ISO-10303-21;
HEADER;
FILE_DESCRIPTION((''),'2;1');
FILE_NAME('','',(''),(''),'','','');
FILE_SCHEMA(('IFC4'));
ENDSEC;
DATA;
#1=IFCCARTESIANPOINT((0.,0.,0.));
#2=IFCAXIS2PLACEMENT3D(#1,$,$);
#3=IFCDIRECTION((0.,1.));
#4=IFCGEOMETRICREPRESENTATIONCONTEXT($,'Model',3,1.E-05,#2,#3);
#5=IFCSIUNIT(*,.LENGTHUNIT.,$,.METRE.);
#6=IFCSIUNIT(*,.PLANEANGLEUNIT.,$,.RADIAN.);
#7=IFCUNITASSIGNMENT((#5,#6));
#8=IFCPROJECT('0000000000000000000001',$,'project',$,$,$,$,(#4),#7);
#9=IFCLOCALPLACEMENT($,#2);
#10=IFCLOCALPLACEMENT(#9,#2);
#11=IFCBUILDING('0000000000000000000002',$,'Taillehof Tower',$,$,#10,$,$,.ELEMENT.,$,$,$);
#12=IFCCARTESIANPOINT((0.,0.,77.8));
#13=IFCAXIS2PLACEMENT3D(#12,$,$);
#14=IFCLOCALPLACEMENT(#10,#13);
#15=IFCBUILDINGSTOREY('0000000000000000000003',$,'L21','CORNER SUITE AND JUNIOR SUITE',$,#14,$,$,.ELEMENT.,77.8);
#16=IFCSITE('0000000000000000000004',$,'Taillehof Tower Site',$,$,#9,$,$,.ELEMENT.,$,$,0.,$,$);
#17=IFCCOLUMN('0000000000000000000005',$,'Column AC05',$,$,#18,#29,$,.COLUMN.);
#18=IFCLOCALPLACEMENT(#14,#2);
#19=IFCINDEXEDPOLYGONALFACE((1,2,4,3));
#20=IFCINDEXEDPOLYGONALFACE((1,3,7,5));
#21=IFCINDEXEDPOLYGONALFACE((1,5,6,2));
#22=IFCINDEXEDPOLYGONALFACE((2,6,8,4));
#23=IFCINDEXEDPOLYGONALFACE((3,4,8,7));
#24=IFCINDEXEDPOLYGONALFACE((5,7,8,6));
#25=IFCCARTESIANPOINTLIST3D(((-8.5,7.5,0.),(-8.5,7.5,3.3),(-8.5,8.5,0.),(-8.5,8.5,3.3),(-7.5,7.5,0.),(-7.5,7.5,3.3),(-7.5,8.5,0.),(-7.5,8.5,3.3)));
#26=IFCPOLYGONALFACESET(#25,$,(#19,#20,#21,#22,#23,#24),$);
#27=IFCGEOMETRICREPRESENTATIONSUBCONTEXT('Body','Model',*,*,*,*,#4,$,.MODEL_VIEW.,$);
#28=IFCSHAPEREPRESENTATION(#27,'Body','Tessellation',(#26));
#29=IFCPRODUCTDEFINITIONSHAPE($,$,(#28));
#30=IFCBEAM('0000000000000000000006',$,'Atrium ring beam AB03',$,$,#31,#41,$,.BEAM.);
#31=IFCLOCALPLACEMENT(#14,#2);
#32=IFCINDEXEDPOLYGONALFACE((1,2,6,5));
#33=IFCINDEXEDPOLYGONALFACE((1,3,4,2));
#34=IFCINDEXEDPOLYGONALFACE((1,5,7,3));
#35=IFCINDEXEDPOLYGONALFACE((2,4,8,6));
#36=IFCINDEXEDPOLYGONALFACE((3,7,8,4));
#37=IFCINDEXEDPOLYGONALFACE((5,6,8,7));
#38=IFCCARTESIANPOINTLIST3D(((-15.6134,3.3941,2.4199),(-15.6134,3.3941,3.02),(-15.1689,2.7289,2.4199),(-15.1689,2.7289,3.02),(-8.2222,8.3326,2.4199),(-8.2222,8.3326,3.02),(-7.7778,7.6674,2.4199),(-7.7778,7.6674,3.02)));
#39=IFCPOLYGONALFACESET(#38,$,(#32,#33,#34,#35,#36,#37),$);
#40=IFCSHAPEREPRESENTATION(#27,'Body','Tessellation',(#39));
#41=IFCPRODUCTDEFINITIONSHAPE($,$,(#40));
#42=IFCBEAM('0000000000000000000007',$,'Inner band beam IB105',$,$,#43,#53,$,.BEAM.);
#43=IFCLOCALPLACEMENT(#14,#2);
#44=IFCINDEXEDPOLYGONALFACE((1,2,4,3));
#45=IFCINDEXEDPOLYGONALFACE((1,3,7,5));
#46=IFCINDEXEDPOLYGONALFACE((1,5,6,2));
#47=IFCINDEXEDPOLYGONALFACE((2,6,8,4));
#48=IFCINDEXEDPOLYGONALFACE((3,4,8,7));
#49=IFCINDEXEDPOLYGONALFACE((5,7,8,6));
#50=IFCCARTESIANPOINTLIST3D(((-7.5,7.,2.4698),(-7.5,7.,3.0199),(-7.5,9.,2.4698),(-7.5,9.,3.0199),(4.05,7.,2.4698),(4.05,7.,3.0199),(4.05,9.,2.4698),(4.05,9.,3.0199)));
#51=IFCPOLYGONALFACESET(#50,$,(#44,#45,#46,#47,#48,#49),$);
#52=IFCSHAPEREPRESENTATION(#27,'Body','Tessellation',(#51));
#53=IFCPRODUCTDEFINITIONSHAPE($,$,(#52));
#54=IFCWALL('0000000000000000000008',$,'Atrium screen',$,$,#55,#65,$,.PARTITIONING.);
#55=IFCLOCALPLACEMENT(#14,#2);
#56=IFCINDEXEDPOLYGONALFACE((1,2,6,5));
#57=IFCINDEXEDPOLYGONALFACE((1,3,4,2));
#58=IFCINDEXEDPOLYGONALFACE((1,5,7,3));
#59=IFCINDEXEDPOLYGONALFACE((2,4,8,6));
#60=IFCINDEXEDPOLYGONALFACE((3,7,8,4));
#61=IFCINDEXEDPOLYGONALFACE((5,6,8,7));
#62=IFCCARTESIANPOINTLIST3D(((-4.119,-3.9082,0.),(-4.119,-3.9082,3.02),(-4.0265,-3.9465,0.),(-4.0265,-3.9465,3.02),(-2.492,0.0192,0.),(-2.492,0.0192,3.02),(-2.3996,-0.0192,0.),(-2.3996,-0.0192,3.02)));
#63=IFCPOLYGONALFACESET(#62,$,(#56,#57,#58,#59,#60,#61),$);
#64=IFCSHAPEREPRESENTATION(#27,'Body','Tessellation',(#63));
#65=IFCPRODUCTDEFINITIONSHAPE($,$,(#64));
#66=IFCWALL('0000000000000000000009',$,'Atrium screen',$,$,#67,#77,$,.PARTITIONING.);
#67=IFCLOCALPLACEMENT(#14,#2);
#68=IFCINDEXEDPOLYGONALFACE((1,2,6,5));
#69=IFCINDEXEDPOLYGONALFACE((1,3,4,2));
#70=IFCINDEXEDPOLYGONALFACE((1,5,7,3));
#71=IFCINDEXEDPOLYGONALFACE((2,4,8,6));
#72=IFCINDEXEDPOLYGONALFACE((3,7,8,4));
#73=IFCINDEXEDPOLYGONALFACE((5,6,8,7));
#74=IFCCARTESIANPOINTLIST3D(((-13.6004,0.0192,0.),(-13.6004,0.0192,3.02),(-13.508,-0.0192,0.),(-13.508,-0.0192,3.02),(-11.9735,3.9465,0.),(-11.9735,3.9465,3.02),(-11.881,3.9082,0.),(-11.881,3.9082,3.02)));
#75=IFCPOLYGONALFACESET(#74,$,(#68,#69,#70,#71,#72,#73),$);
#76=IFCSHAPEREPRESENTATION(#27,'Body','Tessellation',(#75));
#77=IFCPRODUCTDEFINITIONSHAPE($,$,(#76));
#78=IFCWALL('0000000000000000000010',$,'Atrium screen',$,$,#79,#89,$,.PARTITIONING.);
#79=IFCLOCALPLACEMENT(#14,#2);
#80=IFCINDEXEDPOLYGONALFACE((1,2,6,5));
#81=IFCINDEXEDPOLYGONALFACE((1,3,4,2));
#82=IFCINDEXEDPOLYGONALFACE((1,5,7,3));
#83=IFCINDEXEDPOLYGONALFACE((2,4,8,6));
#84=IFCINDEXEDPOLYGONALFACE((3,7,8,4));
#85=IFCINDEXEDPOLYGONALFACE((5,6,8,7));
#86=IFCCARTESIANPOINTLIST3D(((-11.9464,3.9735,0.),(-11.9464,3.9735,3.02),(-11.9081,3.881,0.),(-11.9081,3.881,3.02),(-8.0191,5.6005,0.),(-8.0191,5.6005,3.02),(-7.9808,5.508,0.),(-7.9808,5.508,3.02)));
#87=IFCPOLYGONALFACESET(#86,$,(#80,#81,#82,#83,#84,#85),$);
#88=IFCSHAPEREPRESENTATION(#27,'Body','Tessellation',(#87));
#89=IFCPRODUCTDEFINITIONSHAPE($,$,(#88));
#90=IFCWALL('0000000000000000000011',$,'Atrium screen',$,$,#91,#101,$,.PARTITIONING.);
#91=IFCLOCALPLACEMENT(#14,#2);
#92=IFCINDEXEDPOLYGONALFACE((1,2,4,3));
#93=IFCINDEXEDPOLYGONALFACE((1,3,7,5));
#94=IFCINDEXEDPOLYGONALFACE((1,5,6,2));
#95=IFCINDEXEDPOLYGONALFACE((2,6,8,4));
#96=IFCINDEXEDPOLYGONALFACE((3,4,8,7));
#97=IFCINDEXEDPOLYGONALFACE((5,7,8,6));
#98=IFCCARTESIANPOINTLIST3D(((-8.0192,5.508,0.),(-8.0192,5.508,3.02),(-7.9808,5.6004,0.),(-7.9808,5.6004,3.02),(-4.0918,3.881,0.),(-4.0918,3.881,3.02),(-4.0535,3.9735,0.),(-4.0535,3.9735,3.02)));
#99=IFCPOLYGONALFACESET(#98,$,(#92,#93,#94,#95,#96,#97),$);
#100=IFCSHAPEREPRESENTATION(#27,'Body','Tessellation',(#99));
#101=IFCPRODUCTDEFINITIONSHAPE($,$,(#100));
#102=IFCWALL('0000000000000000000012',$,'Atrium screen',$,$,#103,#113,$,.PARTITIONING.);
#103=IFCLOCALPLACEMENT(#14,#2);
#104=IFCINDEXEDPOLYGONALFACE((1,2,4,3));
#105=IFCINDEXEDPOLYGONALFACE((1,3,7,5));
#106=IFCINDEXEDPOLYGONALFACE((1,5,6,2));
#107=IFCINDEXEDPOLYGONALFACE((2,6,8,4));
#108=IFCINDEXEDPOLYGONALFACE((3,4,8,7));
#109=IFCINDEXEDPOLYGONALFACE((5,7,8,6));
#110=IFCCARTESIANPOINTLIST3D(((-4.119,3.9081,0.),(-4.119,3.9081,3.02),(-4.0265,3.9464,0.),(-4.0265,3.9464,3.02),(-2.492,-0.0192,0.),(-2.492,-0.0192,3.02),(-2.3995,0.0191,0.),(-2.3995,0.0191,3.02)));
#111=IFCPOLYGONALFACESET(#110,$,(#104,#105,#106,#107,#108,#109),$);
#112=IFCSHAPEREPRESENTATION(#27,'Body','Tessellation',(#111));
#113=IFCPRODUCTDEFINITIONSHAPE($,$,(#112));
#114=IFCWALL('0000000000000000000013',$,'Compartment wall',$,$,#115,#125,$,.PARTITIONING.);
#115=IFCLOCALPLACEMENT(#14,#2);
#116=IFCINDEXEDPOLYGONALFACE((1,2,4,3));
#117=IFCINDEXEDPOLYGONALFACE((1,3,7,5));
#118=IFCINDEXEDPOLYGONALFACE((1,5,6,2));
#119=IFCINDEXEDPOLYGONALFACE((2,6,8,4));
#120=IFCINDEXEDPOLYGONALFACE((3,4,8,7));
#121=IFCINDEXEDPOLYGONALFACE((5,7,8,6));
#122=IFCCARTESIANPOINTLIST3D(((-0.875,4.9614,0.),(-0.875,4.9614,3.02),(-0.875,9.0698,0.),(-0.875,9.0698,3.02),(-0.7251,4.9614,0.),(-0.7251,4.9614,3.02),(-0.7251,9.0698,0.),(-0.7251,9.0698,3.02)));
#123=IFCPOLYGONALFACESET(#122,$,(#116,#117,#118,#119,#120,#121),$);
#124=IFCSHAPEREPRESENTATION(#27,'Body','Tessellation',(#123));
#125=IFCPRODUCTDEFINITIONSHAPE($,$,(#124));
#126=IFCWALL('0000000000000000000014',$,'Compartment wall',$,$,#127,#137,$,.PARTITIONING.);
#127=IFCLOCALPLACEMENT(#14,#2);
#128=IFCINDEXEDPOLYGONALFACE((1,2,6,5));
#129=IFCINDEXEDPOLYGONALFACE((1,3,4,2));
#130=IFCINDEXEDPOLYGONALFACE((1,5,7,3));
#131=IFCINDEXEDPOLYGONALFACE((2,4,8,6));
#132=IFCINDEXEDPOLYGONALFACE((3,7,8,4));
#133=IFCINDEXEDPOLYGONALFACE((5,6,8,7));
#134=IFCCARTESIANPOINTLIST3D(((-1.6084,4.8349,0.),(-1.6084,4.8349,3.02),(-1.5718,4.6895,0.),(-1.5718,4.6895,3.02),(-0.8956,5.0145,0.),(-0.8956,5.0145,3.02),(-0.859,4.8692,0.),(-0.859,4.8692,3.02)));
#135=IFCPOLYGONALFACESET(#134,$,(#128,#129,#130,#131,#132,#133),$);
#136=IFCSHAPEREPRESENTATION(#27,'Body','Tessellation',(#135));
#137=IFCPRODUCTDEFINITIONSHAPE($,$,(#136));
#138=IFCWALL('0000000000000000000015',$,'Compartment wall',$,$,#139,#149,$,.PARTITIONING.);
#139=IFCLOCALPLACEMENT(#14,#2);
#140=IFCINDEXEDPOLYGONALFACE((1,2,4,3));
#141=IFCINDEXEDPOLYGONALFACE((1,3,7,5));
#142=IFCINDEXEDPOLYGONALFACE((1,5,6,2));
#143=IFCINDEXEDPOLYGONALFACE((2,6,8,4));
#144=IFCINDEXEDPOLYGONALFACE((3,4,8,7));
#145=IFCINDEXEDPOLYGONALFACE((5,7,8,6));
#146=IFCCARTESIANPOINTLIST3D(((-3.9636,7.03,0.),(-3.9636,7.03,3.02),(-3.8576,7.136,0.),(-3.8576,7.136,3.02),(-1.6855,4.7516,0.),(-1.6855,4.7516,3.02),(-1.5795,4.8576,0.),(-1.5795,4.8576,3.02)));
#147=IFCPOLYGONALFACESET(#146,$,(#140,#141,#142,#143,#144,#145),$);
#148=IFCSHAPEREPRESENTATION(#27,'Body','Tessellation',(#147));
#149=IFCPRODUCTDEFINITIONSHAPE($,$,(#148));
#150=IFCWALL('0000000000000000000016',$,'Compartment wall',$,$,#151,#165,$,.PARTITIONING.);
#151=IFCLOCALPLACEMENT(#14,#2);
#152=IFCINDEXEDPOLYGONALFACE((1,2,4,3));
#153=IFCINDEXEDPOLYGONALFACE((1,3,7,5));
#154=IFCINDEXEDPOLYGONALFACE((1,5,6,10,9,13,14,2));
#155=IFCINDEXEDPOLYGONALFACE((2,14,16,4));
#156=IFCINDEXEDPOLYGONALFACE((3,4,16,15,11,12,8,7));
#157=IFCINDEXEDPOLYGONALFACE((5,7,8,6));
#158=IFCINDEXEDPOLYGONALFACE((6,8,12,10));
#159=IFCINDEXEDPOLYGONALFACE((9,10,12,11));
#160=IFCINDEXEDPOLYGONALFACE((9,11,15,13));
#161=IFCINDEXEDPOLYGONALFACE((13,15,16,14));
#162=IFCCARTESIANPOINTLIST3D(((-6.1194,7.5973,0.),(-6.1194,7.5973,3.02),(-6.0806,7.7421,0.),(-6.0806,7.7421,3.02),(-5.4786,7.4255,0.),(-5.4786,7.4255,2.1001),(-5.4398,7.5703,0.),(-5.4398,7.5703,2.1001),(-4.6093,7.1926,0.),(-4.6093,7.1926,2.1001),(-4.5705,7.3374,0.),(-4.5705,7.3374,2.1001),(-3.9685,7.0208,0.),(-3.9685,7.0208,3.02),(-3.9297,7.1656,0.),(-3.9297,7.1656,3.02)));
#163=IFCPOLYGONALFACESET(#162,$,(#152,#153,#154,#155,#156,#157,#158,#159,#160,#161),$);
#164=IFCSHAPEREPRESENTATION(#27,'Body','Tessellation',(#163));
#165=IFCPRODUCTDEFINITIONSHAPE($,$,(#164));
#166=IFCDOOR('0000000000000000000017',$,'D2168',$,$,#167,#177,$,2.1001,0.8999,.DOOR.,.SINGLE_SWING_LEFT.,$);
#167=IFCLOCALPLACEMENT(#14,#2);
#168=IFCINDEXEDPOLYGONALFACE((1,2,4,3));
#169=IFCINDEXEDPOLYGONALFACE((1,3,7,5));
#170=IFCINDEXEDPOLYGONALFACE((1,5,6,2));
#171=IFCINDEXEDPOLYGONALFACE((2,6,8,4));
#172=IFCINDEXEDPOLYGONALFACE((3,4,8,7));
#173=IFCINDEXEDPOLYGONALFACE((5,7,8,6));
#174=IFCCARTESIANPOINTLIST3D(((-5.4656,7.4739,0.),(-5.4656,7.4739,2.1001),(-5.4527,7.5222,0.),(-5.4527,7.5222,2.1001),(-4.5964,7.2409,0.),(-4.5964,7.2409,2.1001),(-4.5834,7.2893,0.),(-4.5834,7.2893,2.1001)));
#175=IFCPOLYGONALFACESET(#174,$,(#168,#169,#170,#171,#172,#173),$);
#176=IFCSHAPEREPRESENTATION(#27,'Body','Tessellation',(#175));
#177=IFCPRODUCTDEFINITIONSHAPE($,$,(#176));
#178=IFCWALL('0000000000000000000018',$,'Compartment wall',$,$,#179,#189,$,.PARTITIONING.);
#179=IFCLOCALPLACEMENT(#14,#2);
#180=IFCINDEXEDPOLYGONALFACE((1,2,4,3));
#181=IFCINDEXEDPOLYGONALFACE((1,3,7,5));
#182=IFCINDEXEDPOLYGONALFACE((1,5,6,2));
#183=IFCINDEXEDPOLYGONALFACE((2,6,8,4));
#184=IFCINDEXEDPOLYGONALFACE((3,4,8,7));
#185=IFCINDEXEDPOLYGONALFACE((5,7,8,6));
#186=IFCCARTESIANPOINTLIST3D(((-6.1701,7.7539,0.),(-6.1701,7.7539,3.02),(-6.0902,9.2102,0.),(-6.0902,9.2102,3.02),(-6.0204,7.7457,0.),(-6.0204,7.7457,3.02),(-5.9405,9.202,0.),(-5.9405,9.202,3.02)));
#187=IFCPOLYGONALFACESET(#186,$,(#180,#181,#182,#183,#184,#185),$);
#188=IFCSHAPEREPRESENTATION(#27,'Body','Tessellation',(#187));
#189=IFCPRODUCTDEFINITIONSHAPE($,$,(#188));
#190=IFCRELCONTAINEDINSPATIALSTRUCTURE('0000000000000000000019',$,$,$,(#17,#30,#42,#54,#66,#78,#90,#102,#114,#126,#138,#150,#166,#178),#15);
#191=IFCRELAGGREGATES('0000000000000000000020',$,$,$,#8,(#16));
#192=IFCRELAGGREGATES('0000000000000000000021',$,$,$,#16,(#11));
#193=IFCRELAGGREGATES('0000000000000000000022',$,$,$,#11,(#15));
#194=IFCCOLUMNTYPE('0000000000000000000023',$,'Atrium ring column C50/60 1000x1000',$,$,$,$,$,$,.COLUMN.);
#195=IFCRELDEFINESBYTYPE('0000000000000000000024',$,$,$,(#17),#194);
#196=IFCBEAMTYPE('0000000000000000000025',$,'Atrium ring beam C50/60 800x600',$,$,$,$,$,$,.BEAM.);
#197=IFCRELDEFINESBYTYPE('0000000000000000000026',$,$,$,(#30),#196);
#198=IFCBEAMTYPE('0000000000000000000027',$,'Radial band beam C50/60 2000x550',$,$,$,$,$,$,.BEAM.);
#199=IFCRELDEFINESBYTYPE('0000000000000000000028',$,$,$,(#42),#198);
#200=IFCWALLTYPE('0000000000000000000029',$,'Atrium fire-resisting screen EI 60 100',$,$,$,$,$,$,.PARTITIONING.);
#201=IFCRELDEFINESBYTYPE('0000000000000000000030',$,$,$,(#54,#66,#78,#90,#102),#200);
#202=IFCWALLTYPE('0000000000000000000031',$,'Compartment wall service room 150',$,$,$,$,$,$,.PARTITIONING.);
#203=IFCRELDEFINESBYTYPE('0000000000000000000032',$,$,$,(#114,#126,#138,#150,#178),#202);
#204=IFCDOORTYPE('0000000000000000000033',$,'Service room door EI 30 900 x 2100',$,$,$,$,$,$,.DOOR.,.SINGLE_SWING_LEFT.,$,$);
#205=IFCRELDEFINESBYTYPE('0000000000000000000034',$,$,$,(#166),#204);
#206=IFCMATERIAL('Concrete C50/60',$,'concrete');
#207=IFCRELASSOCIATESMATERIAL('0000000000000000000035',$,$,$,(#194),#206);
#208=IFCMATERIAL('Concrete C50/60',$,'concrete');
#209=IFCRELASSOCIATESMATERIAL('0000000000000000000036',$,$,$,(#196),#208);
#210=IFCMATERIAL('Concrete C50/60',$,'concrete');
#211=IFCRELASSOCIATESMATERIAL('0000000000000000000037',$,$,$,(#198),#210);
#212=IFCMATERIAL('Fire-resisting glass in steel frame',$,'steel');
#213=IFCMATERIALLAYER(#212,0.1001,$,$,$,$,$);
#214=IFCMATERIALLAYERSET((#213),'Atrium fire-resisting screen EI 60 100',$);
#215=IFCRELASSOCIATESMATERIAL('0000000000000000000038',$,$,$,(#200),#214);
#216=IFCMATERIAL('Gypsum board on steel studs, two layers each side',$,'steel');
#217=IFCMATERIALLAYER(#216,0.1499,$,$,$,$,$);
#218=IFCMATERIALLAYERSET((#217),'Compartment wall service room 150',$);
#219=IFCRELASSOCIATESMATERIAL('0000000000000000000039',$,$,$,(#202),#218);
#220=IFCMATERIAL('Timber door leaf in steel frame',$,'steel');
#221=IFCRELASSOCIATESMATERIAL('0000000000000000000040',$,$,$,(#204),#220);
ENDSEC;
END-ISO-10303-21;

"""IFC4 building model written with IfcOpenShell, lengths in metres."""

from ifc_helpers import new_model, si_unit, direction, frame, frame_2d, origin, origin_2d, place, context, subcontext, project, spatial, rectangle, extrude, material, layer, layer_set, material_profile, profile_set, type_object, element, fill, save


model = new_model("IFC4")

# Units and contexts
model_context = context("Model", 3, precision=1e-05, world=origin(), true_north=direction((0.0, 1.0)))
body_context = subcontext(model_context, "Body", "Model", "MODEL_VIEW")
ifc_project = project(units=[si_unit("LENGTHUNIT", "METRE"), si_unit("PLANEANGLEUNIT", "RADIAN")], contexts=[model_context])

# Site, building, storey
site_placement = place(None, origin())
site = spatial("IfcSite", under=ifc_project, at=site_placement, Name="Taillehof Tower Site", CompositionType="ELEMENT", RefElevation=0.0)
building_placement = place(site_placement, origin())
building = spatial("IfcBuilding", under=site, at=building_placement, Name="Taillehof Tower", CompositionType="ELEMENT")
storey_placement = place(building_placement, frame((0.0, 0.0, 77.8)))
storey = spatial("IfcBuildingStorey", under=building, at=storey_placement, Name="L21", Description="CORNER SUITE AND JUNIOR SUITE", CompositionType="ELEMENT", Elevation=77.8)

# Column
ifc_material_1 = material(Name="Concrete C50/60", Category="concrete")
ifc_material_profile_1 = material_profile(ifc_material_1, rectangle(XDim=1.0, YDim=1.0, at=origin_2d()), Name="RC 1000x1000")
ifc_profile_set_1 = profile_set([ifc_material_profile_1], Name="Concrete C50/60")
column_type = type_object("IfcColumnType", Name="Atrium ring column C50/60 1000x1000", PredefinedType="COLUMN", material=ifc_profile_set_1)
column_placement = place(storey_placement, frame((-8.0, 8.0, 0.0), z_axis=(0.0, 0.0, 1.0), x_axis=(1.0, 0.0, 0.0)))
element("IfcColumn", 1, at=column_placement, inside=storey, type_object=column_type, Name="Column AC05", PredefinedType="COLUMN", context=body_context, shape_type="SweptSolid", body=[
    extrude(rectangle(XDim=1.0, YDim=1.0, at=origin_2d()), origin(), (0.0, 0.0, 1.0), 3.3),
])

# Beams
ifc_material_2 = material(Name="Concrete C50/60", Category="concrete")
ifc_material_profile_2 = material_profile(ifc_material_2, rectangle(XDim=0.8, YDim=0.6001, at=origin_2d()), Name="RC 800x600")
ifc_profile_set_2 = profile_set([ifc_material_profile_2], Name="Concrete C50/60")
beam_type_1 = type_object("IfcBeamType", Name="Atrium ring beam C50/60 800x600", PredefinedType="BEAM", material=ifc_profile_set_2)
beam_1_placement = place(storey_placement, frame((-8.0, 8.0, 2.72), z_axis=(-0.831475, -0.555562, 0.0), x_axis=(0.555562, -0.831475, 0.0)))
element("IfcBeam", 2, at=beam_1_placement, inside=storey, type_object=beam_type_1, Name="Atrium ring beam AB03", PredefinedType="BEAM", context=body_context, shape_type="SweptSolid", body=[
    extrude(rectangle(XDim=0.8, YDim=0.6001, at=origin_2d()), origin(), (0.0, 0.0, 1.0), 8.8892),
])
ifc_material_3 = material(Name="Concrete C50/60", Category="concrete")
ifc_material_profile_3 = material_profile(ifc_material_3, rectangle(XDim=2.0, YDim=0.55, at=origin_2d()), Name="RC 2000x550")
ifc_profile_set_3 = profile_set([ifc_material_profile_3], Name="Concrete C50/60")
beam_type_2 = type_object("IfcBeamType", Name="Radial band beam C50/60 2000x550", PredefinedType="BEAM", material=ifc_profile_set_3)
beam_2_placement = place(storey_placement, frame((-7.5, 8.0, 2.7449), z_axis=(1.0, 0.0, 0.0), x_axis=(0.0, 1.0, 0.0)))
element("IfcBeam", 3, at=beam_2_placement, inside=storey, type_object=beam_type_2, Name="Inner band beam IB105", PredefinedType="BEAM", context=body_context, shape_type="SweptSolid", body=[
    extrude(rectangle(XDim=2.0, YDim=0.55, at=origin_2d()), origin(), (0.0, 0.0, 1.0), 11.55),
])

# Walls
ifc_material_4 = material(Name="Fire-resisting glass in steel frame", Category="steel")
ifc_layer_1 = layer(ifc_material_4, 0.1001)
ifc_layer_set_1 = layer_set([ifc_layer_1], Name="Atrium fire-resisting screen EI 60 100")
wall_type_1 = type_object("IfcWallType", Name="Atrium fire-resisting screen EI 60 100", PredefinedType="PARTITIONING", material=ifc_layer_set_1)
for number, where, z_axis, x_axis, name in (
    (4, (-2.4458, 0.0, 0.0), (0.0, 0.0, 1.0), (-0.382731, -0.92386, 0.0), "Atrium screen"),
    (5, (-13.5542, 0.0, 0.0), (0.0, 0.0, 1.0), (0.382731, 0.92386, 0.0), "Atrium screen"),
    (6, (-11.9272, 3.9272, 0.0), (0.0, 0.0, 1.0), (0.92386, 0.382731, 0.0), "Atrium screen"),
    (7, (-8.0, 5.5542, 0.0), (0.0, 0.0, 1.0), (0.92386, -0.382731, 0.0), "Atrium screen"),
    (8, (-4.0728, 3.9272, 0.0), (0.0, 0.0, 1.0), (0.382731, -0.92386, 0.0), "Atrium screen"),
):
    element("IfcWall", number, at=place(storey_placement, frame(where, z_axis=z_axis, x_axis=x_axis)), inside=storey, type_object=wall_type_1, Name=name, PredefinedType="PARTITIONING", context=body_context, shape_type="SweptSolid", body=[
        extrude(rectangle(XDim=4.251, YDim=0.1001, at=frame_2d((2.1255, 0.0))), origin(), (0.0, 0.0, 1.0), 3.02),
    ])
ifc_material_5 = material(Name="Gypsum board on steel studs, two layers each side", Category="steel")
ifc_layer_2 = layer(ifc_material_5, 0.1499)
ifc_layer_set_2 = layer_set([ifc_layer_2], Name="Compartment wall service room 150")
wall_type_2 = type_object("IfcWallType", Name="Compartment wall service room 150", PredefinedType="PARTITIONING", material=ifc_layer_set_2)
wall_1_placement = place(storey_placement, frame((-0.8, 9.0698, 0.0), z_axis=(0.0, 0.0, 1.0), x_axis=(0.0, -1.0, 0.0)))
element("IfcWall", 9, at=wall_1_placement, inside=storey, type_object=wall_type_2, Name="Compartment wall", PredefinedType="PARTITIONING", context=body_context, shape_type="SweptSolid", body=[
    extrude(rectangle(XDim=4.1084, YDim=0.1499, at=frame_2d((2.0542, 0.0))), origin(), (0.0, 0.0, 1.0), 3.02),
])
wall_2_placement = place(storey_placement, frame((-0.8772, 4.9419, 0.0), z_axis=(0.0, 0.0, 1.0), x_axis=(-0.969672, -0.24441, 0.0)))
element("IfcWall", 10, at=wall_2_placement, inside=storey, type_object=wall_type_2, Name="Compartment wall", PredefinedType="PARTITIONING", context=body_context, shape_type="SweptSolid", body=[
    extrude(rectangle(XDim=0.7351, YDim=0.1499, at=frame_2d((0.3677, 0.0))), origin(), (0.0, 0.0, 1.0), 3.02),
])
wall_3_placement = place(storey_placement, frame((-1.6326, 4.8047, 0.0), z_axis=(0.0, 0.0, 1.0), x_axis=(-0.707069, 0.707145, 0.0)))
element("IfcWall", 11, at=wall_3_placement, inside=storey, type_object=wall_type_2, Name="Compartment wall", PredefinedType="PARTITIONING", context=body_context, shape_type="SweptSolid", body=[
    extrude(rectangle(XDim=3.2219, YDim=0.1499, at=frame_2d((1.6108, 0.0))), origin(), (0.0, 0.0, 1.0), 3.02),
])

# Wall, opening, door
wall_4_placement = place(storey_placement, frame((-3.9492, 7.0933, 0.0), z_axis=(0.0, 0.0, 1.0), x_axis=(-0.965916, 0.258857, 0.0)))
wall_4 = element("IfcWall", 12, at=wall_4_placement, inside=storey, type_object=wall_type_2, Name="Compartment wall", PredefinedType="PARTITIONING", context=body_context, shape_type="SweptSolid", body=[
    extrude(rectangle(XDim=2.2268, YDim=0.1499, at=frame_2d((1.1133, 0.0))), origin(), (0.0, 0.0, 1.0), 3.02),
])
opening_1_placement = place(wall_4_placement, frame((0.6633, 0.0, 0.0)))
opening_1 = element("IfcOpeningElement", 13, at=opening_1_placement, cuts=wall_4, PredefinedType="OPENING", context=body_context, shape_type="SweptSolid", body=[
    extrude(rectangle(XDim=0.8999, YDim=2.1001, at=frame_2d((0.45, 1.05))), frame((0.0, 0.085, 0.0), z_axis=(0.0, -1.0, 0.0), x_axis=(1.0, 0.0, 0.0)), (0.0, 0.0, 1.0), 0.1699),
])
ifc_material_6 = material(Name="Timber door leaf in steel frame", Category="steel")
door_type_1 = type_object("IfcDoorType", Name="Service room door EI 30 900 x 2100", OperationType="SINGLE_SWING_LEFT", PredefinedType="DOOR", material=ifc_material_6)
door_1_placement = place(opening_1_placement, origin())
door_1 = element("IfcDoor", 14, at=door_1_placement, inside=storey, type_object=door_type_1, Name="D2168", OperationType="SINGLE_SWING_LEFT", OverallHeight=2.1001, OverallWidth=0.8999, PredefinedType="DOOR", context=body_context, shape_type="SweptSolid", body=[
    extrude(rectangle(XDim=0.8999, YDim=2.1001, at=frame_2d((0.45, 1.05))), frame((0.0, 0.0249, 0.0), z_axis=(0.0, -1.0, 0.0), x_axis=(1.0, 0.0, 0.0)), (0.0, 0.0, 1.0), 0.05),
])
fill(opening_1, door_1)

# Wall
wall_5_placement = place(storey_placement, frame((-6.0952, 7.7498, 0.0), z_axis=(0.0, 0.0, 1.0), x_axis=(0.054738, 0.998501, 0.0)))
element("IfcWall", 15, at=wall_5_placement, inside=storey, type_object=wall_type_2, Name="Compartment wall", PredefinedType="PARTITIONING", context=body_context, shape_type="SweptSolid", body=[
    extrude(rectangle(XDim=1.4585, YDim=0.1499, at=frame_2d((0.7292, 0.0))), origin(), (0.0, 0.0, 1.0), 3.02),
])

save(model, "model.ifc")
